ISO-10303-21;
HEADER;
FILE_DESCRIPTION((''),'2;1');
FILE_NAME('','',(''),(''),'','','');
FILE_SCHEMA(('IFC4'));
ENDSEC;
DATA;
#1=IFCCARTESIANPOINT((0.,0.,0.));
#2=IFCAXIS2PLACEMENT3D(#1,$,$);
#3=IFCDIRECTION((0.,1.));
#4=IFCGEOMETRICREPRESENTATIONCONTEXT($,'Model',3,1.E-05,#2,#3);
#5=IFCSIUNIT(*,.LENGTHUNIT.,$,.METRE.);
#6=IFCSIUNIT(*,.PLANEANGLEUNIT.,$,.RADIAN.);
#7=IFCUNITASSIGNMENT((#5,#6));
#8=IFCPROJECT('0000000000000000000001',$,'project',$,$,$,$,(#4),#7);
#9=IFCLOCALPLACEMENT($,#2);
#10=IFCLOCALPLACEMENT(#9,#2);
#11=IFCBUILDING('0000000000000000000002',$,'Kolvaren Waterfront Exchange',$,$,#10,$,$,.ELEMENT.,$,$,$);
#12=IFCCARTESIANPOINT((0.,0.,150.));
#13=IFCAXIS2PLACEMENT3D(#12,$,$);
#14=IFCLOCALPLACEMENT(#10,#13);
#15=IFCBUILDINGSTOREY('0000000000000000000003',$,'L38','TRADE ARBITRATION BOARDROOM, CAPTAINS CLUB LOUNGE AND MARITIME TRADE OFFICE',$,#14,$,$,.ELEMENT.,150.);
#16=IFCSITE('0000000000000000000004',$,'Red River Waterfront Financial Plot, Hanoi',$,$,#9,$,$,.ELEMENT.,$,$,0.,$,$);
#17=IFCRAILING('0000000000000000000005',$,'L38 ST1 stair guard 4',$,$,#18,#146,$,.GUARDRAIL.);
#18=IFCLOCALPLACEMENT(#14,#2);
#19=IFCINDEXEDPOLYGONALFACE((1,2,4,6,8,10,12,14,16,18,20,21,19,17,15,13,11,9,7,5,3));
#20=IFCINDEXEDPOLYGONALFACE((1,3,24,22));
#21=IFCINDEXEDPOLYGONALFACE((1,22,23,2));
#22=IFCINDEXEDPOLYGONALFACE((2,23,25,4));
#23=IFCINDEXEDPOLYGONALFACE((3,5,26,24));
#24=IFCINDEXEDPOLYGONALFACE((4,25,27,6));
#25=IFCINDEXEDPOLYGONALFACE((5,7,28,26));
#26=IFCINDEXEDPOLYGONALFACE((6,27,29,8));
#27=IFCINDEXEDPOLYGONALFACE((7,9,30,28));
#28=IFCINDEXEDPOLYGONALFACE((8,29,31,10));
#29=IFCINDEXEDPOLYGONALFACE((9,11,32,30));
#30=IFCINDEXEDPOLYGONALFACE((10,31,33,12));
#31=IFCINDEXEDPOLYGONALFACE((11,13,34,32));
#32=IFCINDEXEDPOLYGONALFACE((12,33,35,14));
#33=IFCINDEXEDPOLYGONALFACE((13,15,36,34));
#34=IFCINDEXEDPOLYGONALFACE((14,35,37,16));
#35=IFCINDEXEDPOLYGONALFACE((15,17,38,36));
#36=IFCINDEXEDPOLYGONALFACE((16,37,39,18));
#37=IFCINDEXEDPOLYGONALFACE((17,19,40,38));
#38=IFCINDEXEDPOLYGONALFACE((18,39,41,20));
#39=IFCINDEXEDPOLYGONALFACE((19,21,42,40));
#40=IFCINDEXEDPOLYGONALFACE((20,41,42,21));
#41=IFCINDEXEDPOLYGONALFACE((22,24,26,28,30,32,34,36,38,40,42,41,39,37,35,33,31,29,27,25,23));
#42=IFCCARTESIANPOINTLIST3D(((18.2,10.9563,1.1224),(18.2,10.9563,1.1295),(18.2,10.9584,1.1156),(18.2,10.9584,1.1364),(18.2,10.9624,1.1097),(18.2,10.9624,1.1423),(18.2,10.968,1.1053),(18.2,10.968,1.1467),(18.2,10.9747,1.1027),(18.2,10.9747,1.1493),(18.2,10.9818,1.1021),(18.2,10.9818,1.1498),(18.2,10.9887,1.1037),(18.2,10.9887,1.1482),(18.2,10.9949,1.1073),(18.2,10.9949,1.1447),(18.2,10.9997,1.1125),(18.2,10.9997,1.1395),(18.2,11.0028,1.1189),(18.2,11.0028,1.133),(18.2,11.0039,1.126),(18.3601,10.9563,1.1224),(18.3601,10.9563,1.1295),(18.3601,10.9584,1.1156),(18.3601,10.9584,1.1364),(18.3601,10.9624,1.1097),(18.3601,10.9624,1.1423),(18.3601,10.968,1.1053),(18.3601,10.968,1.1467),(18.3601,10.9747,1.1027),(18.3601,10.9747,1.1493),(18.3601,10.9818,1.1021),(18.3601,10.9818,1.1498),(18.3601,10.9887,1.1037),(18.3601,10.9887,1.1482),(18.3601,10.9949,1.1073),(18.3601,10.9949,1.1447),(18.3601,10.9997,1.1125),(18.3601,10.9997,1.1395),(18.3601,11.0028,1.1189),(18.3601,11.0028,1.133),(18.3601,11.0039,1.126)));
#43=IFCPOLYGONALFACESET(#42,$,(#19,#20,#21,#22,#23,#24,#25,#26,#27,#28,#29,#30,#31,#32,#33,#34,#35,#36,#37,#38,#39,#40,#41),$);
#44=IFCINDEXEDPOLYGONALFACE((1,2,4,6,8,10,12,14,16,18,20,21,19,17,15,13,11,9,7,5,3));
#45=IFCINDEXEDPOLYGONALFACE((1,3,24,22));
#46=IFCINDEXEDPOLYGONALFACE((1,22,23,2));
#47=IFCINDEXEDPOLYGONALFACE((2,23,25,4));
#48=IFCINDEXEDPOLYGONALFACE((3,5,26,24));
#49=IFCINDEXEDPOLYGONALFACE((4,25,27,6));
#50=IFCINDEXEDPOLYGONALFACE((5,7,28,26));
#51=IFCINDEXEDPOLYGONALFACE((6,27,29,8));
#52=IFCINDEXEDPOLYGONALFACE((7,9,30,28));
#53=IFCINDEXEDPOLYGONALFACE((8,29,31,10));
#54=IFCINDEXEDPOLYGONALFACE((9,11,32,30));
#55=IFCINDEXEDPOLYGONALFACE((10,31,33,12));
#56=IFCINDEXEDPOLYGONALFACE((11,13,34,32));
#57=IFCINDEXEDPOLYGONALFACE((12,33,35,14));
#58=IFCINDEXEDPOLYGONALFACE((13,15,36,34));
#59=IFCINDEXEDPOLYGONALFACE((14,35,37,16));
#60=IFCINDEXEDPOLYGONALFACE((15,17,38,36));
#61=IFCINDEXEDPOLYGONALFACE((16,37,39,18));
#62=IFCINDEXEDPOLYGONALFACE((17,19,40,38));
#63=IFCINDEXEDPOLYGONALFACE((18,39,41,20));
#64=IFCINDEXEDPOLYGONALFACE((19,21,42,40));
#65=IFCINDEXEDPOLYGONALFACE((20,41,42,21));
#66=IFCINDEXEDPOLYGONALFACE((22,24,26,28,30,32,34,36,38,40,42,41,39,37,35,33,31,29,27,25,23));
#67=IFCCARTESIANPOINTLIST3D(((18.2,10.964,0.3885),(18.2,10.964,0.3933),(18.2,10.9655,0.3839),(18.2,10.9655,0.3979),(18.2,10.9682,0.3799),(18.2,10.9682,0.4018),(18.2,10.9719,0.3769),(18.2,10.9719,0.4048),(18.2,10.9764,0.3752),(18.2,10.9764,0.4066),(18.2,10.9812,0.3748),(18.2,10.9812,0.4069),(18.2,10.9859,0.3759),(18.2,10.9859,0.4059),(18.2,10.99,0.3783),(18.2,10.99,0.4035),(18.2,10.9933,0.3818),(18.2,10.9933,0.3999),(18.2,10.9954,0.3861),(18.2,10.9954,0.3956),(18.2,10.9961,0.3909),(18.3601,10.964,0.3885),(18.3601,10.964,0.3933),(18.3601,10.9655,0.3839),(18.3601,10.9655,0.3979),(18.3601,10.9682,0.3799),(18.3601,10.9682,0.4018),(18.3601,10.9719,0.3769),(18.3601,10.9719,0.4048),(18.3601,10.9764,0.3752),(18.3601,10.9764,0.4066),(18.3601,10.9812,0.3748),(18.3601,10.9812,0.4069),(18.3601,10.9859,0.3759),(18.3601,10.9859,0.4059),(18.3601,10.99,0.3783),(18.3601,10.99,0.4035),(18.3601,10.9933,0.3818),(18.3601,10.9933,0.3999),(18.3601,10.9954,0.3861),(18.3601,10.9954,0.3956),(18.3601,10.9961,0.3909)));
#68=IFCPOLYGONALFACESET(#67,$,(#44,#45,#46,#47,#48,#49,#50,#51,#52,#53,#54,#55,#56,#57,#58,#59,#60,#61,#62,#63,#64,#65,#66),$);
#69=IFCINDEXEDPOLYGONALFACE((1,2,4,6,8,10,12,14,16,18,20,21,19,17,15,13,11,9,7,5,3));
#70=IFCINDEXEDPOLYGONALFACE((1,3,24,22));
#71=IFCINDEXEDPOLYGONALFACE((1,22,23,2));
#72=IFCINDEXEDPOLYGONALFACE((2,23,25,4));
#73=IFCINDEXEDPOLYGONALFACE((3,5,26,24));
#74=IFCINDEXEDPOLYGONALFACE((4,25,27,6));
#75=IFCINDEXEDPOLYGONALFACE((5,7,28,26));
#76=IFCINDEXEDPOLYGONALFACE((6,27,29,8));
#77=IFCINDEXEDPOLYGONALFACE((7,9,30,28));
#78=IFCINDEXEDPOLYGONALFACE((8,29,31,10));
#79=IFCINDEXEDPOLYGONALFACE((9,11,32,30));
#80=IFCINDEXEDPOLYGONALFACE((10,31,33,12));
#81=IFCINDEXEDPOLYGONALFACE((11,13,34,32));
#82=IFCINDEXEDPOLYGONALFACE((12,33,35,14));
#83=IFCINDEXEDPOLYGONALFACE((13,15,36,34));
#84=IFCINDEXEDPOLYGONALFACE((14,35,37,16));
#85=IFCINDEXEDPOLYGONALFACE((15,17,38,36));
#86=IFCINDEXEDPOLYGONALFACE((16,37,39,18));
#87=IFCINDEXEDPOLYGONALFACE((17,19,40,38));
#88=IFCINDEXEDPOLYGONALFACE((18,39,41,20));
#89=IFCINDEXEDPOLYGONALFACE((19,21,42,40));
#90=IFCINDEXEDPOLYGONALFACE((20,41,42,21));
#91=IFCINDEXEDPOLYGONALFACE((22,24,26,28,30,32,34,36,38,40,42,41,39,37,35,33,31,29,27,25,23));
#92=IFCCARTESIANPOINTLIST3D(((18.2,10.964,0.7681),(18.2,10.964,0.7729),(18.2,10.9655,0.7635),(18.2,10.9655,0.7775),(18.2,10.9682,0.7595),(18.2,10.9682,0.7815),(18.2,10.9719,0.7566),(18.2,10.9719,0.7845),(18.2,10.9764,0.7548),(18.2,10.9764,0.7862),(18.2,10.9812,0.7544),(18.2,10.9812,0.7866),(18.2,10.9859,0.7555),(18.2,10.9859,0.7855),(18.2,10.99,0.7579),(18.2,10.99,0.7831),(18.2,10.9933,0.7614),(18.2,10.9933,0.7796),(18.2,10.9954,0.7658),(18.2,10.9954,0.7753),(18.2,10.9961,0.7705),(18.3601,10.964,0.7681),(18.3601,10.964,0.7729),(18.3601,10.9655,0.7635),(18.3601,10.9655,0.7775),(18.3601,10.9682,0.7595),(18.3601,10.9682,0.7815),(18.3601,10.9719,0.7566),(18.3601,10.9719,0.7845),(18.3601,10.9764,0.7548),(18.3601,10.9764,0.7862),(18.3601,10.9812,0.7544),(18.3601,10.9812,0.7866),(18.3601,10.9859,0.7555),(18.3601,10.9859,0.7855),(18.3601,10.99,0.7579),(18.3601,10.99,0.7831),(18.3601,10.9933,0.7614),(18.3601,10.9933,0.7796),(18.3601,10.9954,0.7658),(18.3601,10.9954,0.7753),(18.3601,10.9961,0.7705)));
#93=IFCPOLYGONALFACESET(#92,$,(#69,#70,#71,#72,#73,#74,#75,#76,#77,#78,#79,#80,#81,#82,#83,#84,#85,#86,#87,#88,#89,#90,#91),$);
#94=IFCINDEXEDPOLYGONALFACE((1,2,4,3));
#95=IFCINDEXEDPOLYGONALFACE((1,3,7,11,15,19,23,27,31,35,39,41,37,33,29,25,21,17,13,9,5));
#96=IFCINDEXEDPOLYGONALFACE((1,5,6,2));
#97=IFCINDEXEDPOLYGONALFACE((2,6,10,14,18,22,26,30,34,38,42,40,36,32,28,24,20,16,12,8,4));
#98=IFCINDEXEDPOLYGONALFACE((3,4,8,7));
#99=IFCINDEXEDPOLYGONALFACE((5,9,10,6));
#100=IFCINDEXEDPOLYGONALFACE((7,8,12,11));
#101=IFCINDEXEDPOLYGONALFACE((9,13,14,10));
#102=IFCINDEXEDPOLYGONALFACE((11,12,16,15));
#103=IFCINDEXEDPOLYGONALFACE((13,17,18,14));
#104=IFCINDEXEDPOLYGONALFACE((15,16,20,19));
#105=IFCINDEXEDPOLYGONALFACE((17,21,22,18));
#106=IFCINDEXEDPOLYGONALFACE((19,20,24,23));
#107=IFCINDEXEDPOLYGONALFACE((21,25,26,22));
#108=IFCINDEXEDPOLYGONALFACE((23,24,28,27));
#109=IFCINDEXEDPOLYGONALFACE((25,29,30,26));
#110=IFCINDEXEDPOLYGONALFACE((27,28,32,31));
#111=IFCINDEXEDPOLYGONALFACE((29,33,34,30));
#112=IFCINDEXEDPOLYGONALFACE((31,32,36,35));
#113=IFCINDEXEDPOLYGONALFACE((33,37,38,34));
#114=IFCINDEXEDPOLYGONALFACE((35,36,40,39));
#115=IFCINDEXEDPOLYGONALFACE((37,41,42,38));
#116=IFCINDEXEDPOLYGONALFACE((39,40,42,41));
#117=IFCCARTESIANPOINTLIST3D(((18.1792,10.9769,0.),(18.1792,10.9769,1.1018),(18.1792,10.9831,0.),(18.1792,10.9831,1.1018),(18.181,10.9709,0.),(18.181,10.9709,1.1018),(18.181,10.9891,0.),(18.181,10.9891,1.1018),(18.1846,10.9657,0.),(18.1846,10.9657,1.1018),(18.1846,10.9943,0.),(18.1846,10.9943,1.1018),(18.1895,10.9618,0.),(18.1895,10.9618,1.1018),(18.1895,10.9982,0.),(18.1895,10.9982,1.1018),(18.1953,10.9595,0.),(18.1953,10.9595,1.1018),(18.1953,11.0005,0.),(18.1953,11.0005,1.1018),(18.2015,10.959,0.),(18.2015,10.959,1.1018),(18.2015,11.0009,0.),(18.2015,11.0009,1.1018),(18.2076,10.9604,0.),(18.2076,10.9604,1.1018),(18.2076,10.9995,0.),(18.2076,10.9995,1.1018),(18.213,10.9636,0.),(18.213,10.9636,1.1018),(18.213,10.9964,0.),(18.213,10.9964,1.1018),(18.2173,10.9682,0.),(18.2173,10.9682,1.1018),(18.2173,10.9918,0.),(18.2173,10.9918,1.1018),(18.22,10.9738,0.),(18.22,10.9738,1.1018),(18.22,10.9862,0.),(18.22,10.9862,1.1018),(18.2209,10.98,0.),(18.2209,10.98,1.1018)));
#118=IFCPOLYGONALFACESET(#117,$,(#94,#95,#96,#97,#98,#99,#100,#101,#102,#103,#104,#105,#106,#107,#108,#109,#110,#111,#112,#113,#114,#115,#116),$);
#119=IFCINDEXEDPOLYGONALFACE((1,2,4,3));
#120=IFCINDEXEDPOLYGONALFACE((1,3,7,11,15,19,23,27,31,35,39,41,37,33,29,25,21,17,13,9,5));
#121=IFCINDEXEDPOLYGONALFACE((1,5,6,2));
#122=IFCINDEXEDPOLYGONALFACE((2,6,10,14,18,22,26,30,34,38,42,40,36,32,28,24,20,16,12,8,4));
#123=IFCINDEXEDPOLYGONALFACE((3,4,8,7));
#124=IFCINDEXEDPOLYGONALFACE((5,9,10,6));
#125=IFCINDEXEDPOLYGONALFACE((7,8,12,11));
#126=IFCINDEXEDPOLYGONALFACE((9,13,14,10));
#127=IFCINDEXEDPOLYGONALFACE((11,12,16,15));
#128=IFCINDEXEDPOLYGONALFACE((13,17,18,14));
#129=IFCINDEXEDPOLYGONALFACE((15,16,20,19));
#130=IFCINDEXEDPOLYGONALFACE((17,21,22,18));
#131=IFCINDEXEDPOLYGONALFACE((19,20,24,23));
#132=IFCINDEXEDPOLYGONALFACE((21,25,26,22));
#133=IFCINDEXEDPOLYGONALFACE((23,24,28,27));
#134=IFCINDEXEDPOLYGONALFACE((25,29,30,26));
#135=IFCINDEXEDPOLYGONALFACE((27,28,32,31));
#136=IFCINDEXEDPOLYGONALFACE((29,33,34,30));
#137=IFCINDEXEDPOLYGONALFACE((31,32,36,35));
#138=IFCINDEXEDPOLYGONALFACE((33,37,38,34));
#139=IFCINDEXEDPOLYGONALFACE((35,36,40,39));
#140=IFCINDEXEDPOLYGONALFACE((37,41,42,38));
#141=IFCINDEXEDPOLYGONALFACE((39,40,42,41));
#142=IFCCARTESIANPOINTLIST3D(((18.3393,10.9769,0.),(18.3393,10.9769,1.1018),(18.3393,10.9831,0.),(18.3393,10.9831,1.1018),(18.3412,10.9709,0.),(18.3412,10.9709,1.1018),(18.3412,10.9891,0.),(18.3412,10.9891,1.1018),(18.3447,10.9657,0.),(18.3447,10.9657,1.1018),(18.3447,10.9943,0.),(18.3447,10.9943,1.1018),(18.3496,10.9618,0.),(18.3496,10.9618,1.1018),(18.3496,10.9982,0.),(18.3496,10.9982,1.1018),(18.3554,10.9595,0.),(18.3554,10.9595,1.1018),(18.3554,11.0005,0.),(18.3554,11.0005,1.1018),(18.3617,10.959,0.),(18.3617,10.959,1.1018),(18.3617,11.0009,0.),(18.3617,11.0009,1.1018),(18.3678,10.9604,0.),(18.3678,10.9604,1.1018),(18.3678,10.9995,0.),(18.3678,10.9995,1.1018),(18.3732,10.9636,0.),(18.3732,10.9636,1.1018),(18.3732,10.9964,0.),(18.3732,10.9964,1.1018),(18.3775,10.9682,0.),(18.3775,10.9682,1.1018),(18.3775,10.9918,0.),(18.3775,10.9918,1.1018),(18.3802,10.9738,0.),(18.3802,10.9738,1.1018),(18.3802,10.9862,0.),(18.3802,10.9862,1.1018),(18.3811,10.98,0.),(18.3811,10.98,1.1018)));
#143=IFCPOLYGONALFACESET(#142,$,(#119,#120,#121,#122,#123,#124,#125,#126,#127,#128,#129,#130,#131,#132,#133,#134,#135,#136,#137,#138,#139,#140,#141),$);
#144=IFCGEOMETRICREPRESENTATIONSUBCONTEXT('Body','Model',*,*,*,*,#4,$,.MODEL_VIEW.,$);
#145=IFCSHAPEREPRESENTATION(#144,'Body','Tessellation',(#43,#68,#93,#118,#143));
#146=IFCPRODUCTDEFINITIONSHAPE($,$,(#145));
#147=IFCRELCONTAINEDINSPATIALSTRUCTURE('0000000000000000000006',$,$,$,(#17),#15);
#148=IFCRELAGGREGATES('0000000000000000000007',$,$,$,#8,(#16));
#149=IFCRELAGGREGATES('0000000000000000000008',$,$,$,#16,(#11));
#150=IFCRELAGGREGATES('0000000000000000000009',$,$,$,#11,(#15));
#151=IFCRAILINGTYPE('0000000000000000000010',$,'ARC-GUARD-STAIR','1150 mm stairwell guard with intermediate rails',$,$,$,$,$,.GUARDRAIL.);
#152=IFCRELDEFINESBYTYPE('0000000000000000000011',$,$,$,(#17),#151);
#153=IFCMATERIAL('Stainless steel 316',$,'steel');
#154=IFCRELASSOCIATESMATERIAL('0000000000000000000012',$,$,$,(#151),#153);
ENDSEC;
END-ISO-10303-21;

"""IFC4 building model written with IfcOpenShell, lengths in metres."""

from ifc_helpers import new_model, si_unit, direction, frame, origin, origin_2d, place, context, subcontext, project, spatial, circle, extrude, material, type_object, element, save


model = new_model("IFC4")

# Units and contexts
model_context = context("Model", 3, precision=1e-05, world=origin(), true_north=direction((0.0, 1.0)))
body_context = subcontext(model_context, "Body", "Model", "MODEL_VIEW")
ifc_project = project(units=[si_unit("LENGTHUNIT", "METRE"), si_unit("PLANEANGLEUNIT", "RADIAN")], contexts=[model_context])

# Site, building, storey
site_placement = place(None, origin())
site = spatial("IfcSite", under=ifc_project, at=site_placement, Name="Red River Waterfront Financial Plot, Hanoi", CompositionType="ELEMENT", RefElevation=0.0)
building_placement = place(site_placement, origin())
building = spatial("IfcBuilding", under=site, at=building_placement, Name="Kolvaren Waterfront Exchange", CompositionType="ELEMENT")
storey_placement = place(building_placement, frame((0.0, 0.0, 150.0)))
storey = spatial("IfcBuildingStorey", under=building, at=storey_placement, Name="L38", Description="TRADE ARBITRATION BOARDROOM, CAPTAINS CLUB LOUNGE AND MARITIME TRADE OFFICE", CompositionType="ELEMENT", Elevation=150.0)

# Railing
ifc_material_1 = material(Name="Stainless steel 316", Category="steel")
railing_type_1 = type_object("IfcRailingType", Name="ARC-GUARD-STAIR", Description="1150 mm stairwell guard with intermediate rails", PredefinedType="GUARDRAIL", material=ifc_material_1)
railing_1_placement = place(storey_placement, frame((18.2, 10.98, 0.0)))
element("IfcRailing", 1, at=railing_1_placement, inside=storey, type_object=railing_type_1, Name="L38 ST1 stair guard 4", PredefinedType="GUARDRAIL", context=body_context, shape_type="SweptSolid", body=[
    extrude(circle(Radius=0.0239, at=origin_2d()), frame((0.0, 0.0, 1.126), z_axis=(1.0, 0.0, 0.0), x_axis=(0.0, 1.0, 0.0)), (0.0, 0.0, 1.0), 0.1602),
    extrude(circle(Radius=0.0161, at=origin_2d()), frame((0.0, 0.0, 0.3909), z_axis=(1.0, 0.0, 0.0), x_axis=(0.0, 1.0, 0.0)), (0.0, 0.0, 1.0), 0.1602),
    extrude(circle(Radius=0.0161, at=origin_2d()), frame((0.0, 0.0, 0.7705), z_axis=(1.0, 0.0, 0.0), x_axis=(0.0, 1.0, 0.0)), (0.0, 0.0, 1.0), 0.1602),
    extrude(circle(Radius=0.021, at=origin_2d()), origin(), (0.0, 0.0, 1.0), 1.1018),
    extrude(circle(Radius=0.021, at=origin_2d()), frame((0.1602, 0.0, 0.0)), (0.0, 0.0, 1.0), 1.1018),
])

save(model, "model.ifc")
